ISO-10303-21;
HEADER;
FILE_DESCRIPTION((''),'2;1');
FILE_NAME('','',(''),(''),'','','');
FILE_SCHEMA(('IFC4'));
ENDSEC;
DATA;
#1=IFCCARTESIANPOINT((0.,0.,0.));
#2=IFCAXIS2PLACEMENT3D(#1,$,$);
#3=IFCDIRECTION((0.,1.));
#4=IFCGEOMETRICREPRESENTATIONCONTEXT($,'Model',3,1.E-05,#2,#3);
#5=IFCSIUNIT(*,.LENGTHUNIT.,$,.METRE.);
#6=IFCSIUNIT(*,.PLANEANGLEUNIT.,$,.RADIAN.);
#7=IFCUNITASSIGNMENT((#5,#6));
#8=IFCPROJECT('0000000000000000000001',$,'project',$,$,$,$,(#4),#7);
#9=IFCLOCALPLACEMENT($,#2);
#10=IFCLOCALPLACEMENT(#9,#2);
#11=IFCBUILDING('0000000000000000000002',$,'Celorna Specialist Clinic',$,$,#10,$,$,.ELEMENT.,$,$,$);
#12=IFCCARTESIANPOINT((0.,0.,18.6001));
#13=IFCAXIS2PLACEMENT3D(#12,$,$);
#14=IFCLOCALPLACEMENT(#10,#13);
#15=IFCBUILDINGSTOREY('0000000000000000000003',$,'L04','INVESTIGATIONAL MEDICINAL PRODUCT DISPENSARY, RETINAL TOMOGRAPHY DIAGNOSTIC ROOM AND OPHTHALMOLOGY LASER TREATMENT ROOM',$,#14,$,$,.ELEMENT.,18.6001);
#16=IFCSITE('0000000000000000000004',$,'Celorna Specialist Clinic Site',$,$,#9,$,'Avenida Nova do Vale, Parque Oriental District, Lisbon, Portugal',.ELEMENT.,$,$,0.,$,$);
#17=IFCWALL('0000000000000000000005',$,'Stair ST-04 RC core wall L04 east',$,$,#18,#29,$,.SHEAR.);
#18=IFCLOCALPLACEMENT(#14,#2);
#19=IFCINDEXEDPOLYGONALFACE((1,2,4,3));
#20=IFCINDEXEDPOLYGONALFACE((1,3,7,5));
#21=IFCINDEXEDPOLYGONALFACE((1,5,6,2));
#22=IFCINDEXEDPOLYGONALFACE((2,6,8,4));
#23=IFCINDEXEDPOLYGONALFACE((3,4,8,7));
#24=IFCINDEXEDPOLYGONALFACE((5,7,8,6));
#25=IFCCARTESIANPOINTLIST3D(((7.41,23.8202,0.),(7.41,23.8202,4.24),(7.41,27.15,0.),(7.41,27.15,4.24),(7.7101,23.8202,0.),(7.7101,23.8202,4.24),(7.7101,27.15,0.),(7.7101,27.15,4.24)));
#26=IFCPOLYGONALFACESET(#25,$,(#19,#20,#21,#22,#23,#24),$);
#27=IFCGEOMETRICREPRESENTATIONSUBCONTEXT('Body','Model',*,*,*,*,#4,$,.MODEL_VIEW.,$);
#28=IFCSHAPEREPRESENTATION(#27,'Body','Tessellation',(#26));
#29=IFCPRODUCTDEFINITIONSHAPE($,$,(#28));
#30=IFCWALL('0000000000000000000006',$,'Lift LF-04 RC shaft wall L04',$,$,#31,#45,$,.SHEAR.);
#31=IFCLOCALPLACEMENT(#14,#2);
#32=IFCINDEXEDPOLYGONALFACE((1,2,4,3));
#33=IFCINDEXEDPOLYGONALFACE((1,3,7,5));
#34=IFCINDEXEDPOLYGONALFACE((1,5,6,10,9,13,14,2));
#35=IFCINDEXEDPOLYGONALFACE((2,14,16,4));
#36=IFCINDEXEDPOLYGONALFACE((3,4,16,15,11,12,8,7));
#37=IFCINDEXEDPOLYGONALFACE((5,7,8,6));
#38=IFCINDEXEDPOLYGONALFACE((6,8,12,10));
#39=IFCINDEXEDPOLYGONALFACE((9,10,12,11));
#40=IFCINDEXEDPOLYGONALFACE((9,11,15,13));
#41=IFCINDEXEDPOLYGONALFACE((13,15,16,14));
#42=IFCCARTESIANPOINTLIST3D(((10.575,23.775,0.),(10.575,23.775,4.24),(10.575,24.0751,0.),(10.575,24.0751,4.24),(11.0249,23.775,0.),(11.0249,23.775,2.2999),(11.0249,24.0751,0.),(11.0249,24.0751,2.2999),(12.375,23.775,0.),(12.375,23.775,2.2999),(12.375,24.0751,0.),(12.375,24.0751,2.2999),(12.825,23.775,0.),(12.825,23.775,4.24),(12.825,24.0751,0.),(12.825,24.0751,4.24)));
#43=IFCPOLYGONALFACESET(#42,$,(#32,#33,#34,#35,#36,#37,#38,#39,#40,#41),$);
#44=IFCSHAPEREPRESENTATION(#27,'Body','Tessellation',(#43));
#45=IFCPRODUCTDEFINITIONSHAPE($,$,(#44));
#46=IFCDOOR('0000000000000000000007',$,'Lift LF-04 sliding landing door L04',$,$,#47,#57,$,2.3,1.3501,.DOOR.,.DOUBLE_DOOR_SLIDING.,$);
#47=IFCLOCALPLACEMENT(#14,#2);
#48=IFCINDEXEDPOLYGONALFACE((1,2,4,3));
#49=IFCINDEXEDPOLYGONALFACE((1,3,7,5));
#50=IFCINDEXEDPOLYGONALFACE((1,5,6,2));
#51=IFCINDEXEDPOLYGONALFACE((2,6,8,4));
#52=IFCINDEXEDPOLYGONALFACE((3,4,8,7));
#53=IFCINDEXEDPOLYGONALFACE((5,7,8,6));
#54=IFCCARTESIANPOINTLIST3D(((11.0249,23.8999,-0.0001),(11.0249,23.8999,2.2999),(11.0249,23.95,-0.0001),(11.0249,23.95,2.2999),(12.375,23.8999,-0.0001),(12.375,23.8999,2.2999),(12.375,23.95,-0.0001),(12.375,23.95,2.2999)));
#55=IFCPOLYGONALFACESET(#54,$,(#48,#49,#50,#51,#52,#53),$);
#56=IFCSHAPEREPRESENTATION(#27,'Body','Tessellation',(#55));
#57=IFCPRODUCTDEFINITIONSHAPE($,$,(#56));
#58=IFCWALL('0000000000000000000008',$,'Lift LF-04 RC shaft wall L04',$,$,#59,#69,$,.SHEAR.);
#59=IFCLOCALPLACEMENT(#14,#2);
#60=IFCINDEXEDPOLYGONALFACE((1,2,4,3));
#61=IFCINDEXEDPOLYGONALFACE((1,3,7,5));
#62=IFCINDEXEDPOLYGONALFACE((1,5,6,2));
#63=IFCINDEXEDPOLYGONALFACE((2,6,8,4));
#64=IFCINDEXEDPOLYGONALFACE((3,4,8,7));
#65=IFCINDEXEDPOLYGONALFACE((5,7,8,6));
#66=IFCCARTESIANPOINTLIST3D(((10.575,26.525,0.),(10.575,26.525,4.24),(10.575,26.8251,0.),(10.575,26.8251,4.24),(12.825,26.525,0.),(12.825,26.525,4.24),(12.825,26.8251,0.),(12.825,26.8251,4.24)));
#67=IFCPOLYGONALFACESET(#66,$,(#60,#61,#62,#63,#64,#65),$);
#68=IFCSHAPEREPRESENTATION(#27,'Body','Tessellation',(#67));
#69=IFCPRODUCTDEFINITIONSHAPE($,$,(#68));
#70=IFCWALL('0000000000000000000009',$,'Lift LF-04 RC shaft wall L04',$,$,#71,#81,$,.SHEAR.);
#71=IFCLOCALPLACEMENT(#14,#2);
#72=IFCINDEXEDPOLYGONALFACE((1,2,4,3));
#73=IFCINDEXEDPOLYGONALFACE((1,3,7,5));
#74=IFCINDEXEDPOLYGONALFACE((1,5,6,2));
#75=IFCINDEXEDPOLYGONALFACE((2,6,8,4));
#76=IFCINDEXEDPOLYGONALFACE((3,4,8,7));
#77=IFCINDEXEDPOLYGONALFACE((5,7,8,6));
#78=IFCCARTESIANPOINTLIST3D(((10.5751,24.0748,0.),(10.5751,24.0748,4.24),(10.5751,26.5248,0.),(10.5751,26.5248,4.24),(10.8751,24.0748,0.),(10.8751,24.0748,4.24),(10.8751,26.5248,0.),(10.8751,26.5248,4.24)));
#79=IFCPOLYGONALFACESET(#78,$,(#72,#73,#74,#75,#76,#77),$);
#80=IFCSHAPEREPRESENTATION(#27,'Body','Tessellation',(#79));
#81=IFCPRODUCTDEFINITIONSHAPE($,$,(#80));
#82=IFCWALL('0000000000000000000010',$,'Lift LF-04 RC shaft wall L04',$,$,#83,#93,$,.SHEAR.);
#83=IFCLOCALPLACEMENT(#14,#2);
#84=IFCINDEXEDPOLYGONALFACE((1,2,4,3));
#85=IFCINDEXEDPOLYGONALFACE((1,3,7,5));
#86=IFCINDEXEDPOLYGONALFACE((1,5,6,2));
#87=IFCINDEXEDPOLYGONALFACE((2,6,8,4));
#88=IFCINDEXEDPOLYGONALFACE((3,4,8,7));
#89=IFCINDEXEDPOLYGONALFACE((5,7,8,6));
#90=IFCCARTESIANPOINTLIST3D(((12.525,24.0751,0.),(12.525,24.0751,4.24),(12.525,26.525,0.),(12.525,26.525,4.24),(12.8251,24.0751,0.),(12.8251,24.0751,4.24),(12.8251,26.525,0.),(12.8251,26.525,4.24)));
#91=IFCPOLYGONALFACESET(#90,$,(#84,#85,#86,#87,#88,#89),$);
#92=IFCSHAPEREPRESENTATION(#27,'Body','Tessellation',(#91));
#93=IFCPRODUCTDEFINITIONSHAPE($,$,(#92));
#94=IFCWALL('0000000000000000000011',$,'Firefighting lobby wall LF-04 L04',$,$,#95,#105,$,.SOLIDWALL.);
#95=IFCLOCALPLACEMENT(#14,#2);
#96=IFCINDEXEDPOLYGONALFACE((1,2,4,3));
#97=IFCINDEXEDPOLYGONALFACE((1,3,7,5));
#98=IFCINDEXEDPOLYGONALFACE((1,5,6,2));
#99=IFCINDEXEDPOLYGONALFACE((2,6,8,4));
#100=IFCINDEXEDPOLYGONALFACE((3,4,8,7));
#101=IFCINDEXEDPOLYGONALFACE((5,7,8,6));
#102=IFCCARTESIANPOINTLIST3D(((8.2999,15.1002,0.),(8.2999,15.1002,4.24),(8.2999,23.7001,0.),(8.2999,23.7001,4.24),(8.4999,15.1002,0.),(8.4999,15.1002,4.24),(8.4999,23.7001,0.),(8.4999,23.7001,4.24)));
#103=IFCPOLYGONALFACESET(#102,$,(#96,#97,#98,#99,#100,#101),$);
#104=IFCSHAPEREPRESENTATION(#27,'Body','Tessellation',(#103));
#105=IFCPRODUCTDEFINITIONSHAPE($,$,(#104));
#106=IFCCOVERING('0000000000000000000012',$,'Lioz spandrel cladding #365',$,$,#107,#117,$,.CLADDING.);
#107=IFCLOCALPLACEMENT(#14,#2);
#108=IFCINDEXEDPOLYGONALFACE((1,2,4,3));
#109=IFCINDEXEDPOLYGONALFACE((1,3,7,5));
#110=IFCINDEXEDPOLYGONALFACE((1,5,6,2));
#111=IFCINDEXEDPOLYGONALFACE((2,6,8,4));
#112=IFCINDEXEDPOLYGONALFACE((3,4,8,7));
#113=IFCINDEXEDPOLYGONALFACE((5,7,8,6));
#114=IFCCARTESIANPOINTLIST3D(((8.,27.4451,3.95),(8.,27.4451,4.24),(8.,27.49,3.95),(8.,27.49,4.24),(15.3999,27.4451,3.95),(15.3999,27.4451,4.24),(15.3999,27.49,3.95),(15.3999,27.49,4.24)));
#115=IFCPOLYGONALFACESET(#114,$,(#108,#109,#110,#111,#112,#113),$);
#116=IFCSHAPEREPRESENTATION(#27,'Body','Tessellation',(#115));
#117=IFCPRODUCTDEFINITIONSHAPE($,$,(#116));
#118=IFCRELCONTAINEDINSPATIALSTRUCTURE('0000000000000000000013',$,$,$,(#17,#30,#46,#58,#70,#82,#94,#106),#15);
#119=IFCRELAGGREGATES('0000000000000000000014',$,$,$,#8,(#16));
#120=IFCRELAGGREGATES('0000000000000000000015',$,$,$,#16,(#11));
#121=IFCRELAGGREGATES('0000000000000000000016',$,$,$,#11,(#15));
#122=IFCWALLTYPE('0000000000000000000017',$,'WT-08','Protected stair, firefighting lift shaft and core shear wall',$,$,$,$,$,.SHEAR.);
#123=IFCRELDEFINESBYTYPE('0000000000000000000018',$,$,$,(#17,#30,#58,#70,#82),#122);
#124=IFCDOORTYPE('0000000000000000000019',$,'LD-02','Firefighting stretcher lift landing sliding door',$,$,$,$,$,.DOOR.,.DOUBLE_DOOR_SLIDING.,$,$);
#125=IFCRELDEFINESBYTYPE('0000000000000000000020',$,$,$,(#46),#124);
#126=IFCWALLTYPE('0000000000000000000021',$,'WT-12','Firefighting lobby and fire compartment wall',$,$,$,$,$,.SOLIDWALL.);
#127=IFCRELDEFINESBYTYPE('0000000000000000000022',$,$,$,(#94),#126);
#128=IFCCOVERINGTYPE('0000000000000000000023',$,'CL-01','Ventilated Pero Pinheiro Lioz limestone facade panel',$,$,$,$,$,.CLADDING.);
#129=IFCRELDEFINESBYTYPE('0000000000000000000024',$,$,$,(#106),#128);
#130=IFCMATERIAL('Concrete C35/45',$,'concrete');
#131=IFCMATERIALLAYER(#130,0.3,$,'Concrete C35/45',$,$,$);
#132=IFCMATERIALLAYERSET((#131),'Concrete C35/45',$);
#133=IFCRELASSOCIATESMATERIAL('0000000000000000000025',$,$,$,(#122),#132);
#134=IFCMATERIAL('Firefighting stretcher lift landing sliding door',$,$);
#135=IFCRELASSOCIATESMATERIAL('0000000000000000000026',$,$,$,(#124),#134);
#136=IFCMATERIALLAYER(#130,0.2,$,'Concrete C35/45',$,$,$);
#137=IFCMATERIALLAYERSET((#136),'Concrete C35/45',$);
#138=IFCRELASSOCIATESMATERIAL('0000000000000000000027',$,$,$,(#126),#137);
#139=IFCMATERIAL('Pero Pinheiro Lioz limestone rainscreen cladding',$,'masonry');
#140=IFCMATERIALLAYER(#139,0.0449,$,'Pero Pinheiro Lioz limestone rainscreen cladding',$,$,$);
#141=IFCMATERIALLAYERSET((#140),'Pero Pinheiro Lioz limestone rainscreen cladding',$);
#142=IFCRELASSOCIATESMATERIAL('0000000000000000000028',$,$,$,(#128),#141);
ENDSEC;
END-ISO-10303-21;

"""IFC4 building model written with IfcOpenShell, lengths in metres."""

from ifc_helpers import new_model, si_unit, direction, frame, frame_2d, origin, origin_2d, place, context, subcontext, project, spatial, rectangle, extrude, material, layer, layer_set, type_object, element, fill, save


model = new_model("IFC4")

# Units and contexts
model_context = context("Model", 3, precision=1e-05, world=origin(), true_north=direction((0.0, 1.0)))
body_context = subcontext(model_context, "Body", "Model", "MODEL_VIEW")
ifc_project = project(units=[si_unit("LENGTHUNIT", "METRE"), si_unit("PLANEANGLEUNIT", "RADIAN")], contexts=[model_context])

# Site, building, storey
site_placement = place(None, origin())
site = spatial("IfcSite", under=ifc_project, at=site_placement, Name="Celorna Specialist Clinic Site", LongName="Avenida Nova do Vale, Parque Oriental District, Lisbon, Portugal", CompositionType="ELEMENT", RefElevation=0.0)
building_placement = place(site_placement, origin())
building = spatial("IfcBuilding", under=site, at=building_placement, Name="Celorna Specialist Clinic", CompositionType="ELEMENT")
storey_placement = place(building_placement, frame((0.0, 0.0, 18.6001)))
storey = spatial("IfcBuildingStorey", under=building, at=storey_placement, Name="L04", Description="INVESTIGATIONAL MEDICINAL PRODUCT DISPENSARY, RETINAL TOMOGRAPHY DIAGNOSTIC ROOM AND OPHTHALMOLOGY LASER TREATMENT ROOM", CompositionType="ELEMENT", Elevation=18.6001)

# Shared definitions
ifc_material_1 = material(Name="Concrete C35/45", Category="concrete")

# Wall
ifc_layer_1 = layer(ifc_material_1, 0.3, Name="Concrete C35/45")
ifc_layer_set_1 = layer_set([ifc_layer_1], Name="Concrete C35/45")
wall_type_1 = type_object("IfcWallType", Name="WT-08", Description="Protected stair, firefighting lift shaft and core shear wall", PredefinedType="SHEAR", material=ifc_layer_set_1)
wall_1_placement = place(storey_placement, frame((7.5601, 23.8201, 0.0), z_axis=(0.0, 0.0, 1.0), x_axis=(0.0, 1.0, 0.0)))
element("IfcWall", 1, at=wall_1_placement, inside=storey, type_object=wall_type_1, Name="Stair ST-04 RC core wall L04 east", PredefinedType="SHEAR", context=body_context, shape_type="SweptSolid", body=[
    extrude(rectangle(XDim=3.3298, YDim=0.3, at=frame_2d((1.665, 0.0))), origin(), (0.0, 0.0, 1.0), 4.24),
])

# Wall, opening, door
wall_2_placement = place(storey_placement, frame((10.575, 23.925, 0.0), z_axis=(0.0, 0.0, 1.0), x_axis=(1.0, 0.0, 0.0)))
wall_2 = element("IfcWall", 2, at=wall_2_placement, inside=storey, type_object=wall_type_1, Name="Lift LF-04 RC shaft wall L04", PredefinedType="SHEAR", context=body_context, shape_type="SweptSolid", body=[
    extrude(rectangle(XDim=2.25, YDim=0.3, at=frame_2d((1.125, 0.0))), origin(), (0.0, 0.0, 1.0), 4.24),
])
opening_1_placement = place(wall_2_placement, frame((0.45, 0.0, 0.0)))
opening_1 = element("IfcOpeningElement", 3, at=opening_1_placement, cuts=wall_2, PredefinedType="OPENING", context=body_context, shape_type="SweptSolid", body=[
    extrude(rectangle(XDim=1.3501, YDim=2.3, at=frame_2d((0.675, 1.1499))), frame((0.0, 0.1599, 0.0), z_axis=(0.0, -1.0, 0.0), x_axis=(1.0, 0.0, 0.0)), (0.0, 0.0, 1.0), 0.3201),
])
ifc_material_2 = material(Name="Firefighting stretcher lift landing sliding door")
door_type = type_object("IfcDoorType", Name="LD-02", Description="Firefighting stretcher lift landing sliding door", OperationType="DOUBLE_DOOR_SLIDING", PredefinedType="DOOR", material=ifc_material_2)
door_placement = place(opening_1_placement, origin())
door = element("IfcDoor", 4, at=door_placement, inside=storey, type_object=door_type, Name="Lift LF-04 sliding landing door L04", OperationType="DOUBLE_DOOR_SLIDING", OverallHeight=2.3, OverallWidth=1.3501, PredefinedType="DOOR", context=body_context, shape_type="SweptSolid", body=[
    extrude(rectangle(XDim=1.3501, YDim=2.3, at=frame_2d((0.675, 1.1499))), frame((0.0, 0.0249, 0.0), z_axis=(0.0, -1.0, 0.0), x_axis=(1.0, 0.0, 0.0)), (0.0, 0.0, 1.0), 0.05),
])
fill(opening_1, door)

# Walls
wall_3_placement = place(storey_placement, frame((12.825, 26.675, 0.0), z_axis=(0.0, 0.0, 1.0), x_axis=(-1.0, 0.0, 0.0)))
element("IfcWall", 5, at=wall_3_placement, inside=storey, type_object=wall_type_1, Name="Lift LF-04 RC shaft wall L04", PredefinedType="SHEAR", context=body_context, shape_type="SweptSolid", body=[
    extrude(rectangle(XDim=2.25, YDim=0.3, at=frame_2d((1.125, 0.0))), origin(), (0.0, 0.0, 1.0), 4.24),
])
for number, where, z_axis, x_axis, name in (
    (6, (10.7251, 26.5249, 0.0), (0.0, 0.0, 1.0), (0.0, -1.0, 0.0), "Lift LF-04 RC shaft wall L04"),
    (7, (12.675, 24.075, 0.0), (0.0, 0.0, 1.0), (0.0, 1.0, 0.0), "Lift LF-04 RC shaft wall L04"),
):
    element("IfcWall", number, at=place(storey_placement, frame(where, z_axis=z_axis, x_axis=x_axis)), inside=storey, type_object=wall_type_1, Name=name, PredefinedType="SHEAR", context=body_context, shape_type="SweptSolid", body=[
        extrude(rectangle(XDim=2.45, YDim=0.3, at=frame_2d((1.2251, 0.0))), origin(), (0.0, 0.0, 1.0), 4.24),
    ])
ifc_layer_2 = layer(ifc_material_1, 0.2, Name="Concrete C35/45")
ifc_layer_set_2 = layer_set([ifc_layer_2], Name="Concrete C35/45")
wall_type_2 = type_object("IfcWallType", Name="WT-12", Description="Firefighting lobby and fire compartment wall", PredefinedType="SOLIDWALL", material=ifc_layer_set_2)
wall_4_placement = place(storey_placement, frame((8.3999, 23.7, 0.0), z_axis=(0.0, 0.0, 1.0), x_axis=(0.0, -1.0, 0.0)))
element("IfcWall", 8, at=wall_4_placement, inside=storey, type_object=wall_type_2, Name="Firefighting lobby wall LF-04 L04", PredefinedType="SOLIDWALL", context=body_context, shape_type="SweptSolid", body=[
    extrude(rectangle(XDim=8.5999, YDim=0.2, at=frame_2d((4.2998, 0.0))), origin(), (0.0, 0.0, 1.0), 4.24),
])

# Covering
ifc_material_3 = material(Name="Pero Pinheiro Lioz limestone rainscreen cladding", Category="masonry")
ifc_layer_3 = layer(ifc_material_3, 0.0449, Name="Pero Pinheiro Lioz limestone rainscreen cladding")
ifc_layer_set_3 = layer_set([ifc_layer_3], Name="Pero Pinheiro Lioz limestone rainscreen cladding")
covering_type = type_object("IfcCoveringType", Name="CL-01", Description="Ventilated Pero Pinheiro Lioz limestone facade panel", PredefinedType="CLADDING", material=ifc_layer_set_3)
covering_placement = place(storey_placement, frame((11.7, 27.4675, 3.95), z_axis=(0.0, 0.0, 1.0), x_axis=(1.0, 0.0, 0.0)))
element("IfcCovering", 9, at=covering_placement, inside=storey, type_object=covering_type, Name="Lioz spandrel cladding #365", PredefinedType="CLADDING", context=body_context, shape_type="SweptSolid", body=[
    extrude(rectangle(XDim=7.3999, YDim=0.0449, at=origin_2d()), origin(), (0.0, 0.0, 1.0), 0.29),
])

save(model, "model.ifc")
